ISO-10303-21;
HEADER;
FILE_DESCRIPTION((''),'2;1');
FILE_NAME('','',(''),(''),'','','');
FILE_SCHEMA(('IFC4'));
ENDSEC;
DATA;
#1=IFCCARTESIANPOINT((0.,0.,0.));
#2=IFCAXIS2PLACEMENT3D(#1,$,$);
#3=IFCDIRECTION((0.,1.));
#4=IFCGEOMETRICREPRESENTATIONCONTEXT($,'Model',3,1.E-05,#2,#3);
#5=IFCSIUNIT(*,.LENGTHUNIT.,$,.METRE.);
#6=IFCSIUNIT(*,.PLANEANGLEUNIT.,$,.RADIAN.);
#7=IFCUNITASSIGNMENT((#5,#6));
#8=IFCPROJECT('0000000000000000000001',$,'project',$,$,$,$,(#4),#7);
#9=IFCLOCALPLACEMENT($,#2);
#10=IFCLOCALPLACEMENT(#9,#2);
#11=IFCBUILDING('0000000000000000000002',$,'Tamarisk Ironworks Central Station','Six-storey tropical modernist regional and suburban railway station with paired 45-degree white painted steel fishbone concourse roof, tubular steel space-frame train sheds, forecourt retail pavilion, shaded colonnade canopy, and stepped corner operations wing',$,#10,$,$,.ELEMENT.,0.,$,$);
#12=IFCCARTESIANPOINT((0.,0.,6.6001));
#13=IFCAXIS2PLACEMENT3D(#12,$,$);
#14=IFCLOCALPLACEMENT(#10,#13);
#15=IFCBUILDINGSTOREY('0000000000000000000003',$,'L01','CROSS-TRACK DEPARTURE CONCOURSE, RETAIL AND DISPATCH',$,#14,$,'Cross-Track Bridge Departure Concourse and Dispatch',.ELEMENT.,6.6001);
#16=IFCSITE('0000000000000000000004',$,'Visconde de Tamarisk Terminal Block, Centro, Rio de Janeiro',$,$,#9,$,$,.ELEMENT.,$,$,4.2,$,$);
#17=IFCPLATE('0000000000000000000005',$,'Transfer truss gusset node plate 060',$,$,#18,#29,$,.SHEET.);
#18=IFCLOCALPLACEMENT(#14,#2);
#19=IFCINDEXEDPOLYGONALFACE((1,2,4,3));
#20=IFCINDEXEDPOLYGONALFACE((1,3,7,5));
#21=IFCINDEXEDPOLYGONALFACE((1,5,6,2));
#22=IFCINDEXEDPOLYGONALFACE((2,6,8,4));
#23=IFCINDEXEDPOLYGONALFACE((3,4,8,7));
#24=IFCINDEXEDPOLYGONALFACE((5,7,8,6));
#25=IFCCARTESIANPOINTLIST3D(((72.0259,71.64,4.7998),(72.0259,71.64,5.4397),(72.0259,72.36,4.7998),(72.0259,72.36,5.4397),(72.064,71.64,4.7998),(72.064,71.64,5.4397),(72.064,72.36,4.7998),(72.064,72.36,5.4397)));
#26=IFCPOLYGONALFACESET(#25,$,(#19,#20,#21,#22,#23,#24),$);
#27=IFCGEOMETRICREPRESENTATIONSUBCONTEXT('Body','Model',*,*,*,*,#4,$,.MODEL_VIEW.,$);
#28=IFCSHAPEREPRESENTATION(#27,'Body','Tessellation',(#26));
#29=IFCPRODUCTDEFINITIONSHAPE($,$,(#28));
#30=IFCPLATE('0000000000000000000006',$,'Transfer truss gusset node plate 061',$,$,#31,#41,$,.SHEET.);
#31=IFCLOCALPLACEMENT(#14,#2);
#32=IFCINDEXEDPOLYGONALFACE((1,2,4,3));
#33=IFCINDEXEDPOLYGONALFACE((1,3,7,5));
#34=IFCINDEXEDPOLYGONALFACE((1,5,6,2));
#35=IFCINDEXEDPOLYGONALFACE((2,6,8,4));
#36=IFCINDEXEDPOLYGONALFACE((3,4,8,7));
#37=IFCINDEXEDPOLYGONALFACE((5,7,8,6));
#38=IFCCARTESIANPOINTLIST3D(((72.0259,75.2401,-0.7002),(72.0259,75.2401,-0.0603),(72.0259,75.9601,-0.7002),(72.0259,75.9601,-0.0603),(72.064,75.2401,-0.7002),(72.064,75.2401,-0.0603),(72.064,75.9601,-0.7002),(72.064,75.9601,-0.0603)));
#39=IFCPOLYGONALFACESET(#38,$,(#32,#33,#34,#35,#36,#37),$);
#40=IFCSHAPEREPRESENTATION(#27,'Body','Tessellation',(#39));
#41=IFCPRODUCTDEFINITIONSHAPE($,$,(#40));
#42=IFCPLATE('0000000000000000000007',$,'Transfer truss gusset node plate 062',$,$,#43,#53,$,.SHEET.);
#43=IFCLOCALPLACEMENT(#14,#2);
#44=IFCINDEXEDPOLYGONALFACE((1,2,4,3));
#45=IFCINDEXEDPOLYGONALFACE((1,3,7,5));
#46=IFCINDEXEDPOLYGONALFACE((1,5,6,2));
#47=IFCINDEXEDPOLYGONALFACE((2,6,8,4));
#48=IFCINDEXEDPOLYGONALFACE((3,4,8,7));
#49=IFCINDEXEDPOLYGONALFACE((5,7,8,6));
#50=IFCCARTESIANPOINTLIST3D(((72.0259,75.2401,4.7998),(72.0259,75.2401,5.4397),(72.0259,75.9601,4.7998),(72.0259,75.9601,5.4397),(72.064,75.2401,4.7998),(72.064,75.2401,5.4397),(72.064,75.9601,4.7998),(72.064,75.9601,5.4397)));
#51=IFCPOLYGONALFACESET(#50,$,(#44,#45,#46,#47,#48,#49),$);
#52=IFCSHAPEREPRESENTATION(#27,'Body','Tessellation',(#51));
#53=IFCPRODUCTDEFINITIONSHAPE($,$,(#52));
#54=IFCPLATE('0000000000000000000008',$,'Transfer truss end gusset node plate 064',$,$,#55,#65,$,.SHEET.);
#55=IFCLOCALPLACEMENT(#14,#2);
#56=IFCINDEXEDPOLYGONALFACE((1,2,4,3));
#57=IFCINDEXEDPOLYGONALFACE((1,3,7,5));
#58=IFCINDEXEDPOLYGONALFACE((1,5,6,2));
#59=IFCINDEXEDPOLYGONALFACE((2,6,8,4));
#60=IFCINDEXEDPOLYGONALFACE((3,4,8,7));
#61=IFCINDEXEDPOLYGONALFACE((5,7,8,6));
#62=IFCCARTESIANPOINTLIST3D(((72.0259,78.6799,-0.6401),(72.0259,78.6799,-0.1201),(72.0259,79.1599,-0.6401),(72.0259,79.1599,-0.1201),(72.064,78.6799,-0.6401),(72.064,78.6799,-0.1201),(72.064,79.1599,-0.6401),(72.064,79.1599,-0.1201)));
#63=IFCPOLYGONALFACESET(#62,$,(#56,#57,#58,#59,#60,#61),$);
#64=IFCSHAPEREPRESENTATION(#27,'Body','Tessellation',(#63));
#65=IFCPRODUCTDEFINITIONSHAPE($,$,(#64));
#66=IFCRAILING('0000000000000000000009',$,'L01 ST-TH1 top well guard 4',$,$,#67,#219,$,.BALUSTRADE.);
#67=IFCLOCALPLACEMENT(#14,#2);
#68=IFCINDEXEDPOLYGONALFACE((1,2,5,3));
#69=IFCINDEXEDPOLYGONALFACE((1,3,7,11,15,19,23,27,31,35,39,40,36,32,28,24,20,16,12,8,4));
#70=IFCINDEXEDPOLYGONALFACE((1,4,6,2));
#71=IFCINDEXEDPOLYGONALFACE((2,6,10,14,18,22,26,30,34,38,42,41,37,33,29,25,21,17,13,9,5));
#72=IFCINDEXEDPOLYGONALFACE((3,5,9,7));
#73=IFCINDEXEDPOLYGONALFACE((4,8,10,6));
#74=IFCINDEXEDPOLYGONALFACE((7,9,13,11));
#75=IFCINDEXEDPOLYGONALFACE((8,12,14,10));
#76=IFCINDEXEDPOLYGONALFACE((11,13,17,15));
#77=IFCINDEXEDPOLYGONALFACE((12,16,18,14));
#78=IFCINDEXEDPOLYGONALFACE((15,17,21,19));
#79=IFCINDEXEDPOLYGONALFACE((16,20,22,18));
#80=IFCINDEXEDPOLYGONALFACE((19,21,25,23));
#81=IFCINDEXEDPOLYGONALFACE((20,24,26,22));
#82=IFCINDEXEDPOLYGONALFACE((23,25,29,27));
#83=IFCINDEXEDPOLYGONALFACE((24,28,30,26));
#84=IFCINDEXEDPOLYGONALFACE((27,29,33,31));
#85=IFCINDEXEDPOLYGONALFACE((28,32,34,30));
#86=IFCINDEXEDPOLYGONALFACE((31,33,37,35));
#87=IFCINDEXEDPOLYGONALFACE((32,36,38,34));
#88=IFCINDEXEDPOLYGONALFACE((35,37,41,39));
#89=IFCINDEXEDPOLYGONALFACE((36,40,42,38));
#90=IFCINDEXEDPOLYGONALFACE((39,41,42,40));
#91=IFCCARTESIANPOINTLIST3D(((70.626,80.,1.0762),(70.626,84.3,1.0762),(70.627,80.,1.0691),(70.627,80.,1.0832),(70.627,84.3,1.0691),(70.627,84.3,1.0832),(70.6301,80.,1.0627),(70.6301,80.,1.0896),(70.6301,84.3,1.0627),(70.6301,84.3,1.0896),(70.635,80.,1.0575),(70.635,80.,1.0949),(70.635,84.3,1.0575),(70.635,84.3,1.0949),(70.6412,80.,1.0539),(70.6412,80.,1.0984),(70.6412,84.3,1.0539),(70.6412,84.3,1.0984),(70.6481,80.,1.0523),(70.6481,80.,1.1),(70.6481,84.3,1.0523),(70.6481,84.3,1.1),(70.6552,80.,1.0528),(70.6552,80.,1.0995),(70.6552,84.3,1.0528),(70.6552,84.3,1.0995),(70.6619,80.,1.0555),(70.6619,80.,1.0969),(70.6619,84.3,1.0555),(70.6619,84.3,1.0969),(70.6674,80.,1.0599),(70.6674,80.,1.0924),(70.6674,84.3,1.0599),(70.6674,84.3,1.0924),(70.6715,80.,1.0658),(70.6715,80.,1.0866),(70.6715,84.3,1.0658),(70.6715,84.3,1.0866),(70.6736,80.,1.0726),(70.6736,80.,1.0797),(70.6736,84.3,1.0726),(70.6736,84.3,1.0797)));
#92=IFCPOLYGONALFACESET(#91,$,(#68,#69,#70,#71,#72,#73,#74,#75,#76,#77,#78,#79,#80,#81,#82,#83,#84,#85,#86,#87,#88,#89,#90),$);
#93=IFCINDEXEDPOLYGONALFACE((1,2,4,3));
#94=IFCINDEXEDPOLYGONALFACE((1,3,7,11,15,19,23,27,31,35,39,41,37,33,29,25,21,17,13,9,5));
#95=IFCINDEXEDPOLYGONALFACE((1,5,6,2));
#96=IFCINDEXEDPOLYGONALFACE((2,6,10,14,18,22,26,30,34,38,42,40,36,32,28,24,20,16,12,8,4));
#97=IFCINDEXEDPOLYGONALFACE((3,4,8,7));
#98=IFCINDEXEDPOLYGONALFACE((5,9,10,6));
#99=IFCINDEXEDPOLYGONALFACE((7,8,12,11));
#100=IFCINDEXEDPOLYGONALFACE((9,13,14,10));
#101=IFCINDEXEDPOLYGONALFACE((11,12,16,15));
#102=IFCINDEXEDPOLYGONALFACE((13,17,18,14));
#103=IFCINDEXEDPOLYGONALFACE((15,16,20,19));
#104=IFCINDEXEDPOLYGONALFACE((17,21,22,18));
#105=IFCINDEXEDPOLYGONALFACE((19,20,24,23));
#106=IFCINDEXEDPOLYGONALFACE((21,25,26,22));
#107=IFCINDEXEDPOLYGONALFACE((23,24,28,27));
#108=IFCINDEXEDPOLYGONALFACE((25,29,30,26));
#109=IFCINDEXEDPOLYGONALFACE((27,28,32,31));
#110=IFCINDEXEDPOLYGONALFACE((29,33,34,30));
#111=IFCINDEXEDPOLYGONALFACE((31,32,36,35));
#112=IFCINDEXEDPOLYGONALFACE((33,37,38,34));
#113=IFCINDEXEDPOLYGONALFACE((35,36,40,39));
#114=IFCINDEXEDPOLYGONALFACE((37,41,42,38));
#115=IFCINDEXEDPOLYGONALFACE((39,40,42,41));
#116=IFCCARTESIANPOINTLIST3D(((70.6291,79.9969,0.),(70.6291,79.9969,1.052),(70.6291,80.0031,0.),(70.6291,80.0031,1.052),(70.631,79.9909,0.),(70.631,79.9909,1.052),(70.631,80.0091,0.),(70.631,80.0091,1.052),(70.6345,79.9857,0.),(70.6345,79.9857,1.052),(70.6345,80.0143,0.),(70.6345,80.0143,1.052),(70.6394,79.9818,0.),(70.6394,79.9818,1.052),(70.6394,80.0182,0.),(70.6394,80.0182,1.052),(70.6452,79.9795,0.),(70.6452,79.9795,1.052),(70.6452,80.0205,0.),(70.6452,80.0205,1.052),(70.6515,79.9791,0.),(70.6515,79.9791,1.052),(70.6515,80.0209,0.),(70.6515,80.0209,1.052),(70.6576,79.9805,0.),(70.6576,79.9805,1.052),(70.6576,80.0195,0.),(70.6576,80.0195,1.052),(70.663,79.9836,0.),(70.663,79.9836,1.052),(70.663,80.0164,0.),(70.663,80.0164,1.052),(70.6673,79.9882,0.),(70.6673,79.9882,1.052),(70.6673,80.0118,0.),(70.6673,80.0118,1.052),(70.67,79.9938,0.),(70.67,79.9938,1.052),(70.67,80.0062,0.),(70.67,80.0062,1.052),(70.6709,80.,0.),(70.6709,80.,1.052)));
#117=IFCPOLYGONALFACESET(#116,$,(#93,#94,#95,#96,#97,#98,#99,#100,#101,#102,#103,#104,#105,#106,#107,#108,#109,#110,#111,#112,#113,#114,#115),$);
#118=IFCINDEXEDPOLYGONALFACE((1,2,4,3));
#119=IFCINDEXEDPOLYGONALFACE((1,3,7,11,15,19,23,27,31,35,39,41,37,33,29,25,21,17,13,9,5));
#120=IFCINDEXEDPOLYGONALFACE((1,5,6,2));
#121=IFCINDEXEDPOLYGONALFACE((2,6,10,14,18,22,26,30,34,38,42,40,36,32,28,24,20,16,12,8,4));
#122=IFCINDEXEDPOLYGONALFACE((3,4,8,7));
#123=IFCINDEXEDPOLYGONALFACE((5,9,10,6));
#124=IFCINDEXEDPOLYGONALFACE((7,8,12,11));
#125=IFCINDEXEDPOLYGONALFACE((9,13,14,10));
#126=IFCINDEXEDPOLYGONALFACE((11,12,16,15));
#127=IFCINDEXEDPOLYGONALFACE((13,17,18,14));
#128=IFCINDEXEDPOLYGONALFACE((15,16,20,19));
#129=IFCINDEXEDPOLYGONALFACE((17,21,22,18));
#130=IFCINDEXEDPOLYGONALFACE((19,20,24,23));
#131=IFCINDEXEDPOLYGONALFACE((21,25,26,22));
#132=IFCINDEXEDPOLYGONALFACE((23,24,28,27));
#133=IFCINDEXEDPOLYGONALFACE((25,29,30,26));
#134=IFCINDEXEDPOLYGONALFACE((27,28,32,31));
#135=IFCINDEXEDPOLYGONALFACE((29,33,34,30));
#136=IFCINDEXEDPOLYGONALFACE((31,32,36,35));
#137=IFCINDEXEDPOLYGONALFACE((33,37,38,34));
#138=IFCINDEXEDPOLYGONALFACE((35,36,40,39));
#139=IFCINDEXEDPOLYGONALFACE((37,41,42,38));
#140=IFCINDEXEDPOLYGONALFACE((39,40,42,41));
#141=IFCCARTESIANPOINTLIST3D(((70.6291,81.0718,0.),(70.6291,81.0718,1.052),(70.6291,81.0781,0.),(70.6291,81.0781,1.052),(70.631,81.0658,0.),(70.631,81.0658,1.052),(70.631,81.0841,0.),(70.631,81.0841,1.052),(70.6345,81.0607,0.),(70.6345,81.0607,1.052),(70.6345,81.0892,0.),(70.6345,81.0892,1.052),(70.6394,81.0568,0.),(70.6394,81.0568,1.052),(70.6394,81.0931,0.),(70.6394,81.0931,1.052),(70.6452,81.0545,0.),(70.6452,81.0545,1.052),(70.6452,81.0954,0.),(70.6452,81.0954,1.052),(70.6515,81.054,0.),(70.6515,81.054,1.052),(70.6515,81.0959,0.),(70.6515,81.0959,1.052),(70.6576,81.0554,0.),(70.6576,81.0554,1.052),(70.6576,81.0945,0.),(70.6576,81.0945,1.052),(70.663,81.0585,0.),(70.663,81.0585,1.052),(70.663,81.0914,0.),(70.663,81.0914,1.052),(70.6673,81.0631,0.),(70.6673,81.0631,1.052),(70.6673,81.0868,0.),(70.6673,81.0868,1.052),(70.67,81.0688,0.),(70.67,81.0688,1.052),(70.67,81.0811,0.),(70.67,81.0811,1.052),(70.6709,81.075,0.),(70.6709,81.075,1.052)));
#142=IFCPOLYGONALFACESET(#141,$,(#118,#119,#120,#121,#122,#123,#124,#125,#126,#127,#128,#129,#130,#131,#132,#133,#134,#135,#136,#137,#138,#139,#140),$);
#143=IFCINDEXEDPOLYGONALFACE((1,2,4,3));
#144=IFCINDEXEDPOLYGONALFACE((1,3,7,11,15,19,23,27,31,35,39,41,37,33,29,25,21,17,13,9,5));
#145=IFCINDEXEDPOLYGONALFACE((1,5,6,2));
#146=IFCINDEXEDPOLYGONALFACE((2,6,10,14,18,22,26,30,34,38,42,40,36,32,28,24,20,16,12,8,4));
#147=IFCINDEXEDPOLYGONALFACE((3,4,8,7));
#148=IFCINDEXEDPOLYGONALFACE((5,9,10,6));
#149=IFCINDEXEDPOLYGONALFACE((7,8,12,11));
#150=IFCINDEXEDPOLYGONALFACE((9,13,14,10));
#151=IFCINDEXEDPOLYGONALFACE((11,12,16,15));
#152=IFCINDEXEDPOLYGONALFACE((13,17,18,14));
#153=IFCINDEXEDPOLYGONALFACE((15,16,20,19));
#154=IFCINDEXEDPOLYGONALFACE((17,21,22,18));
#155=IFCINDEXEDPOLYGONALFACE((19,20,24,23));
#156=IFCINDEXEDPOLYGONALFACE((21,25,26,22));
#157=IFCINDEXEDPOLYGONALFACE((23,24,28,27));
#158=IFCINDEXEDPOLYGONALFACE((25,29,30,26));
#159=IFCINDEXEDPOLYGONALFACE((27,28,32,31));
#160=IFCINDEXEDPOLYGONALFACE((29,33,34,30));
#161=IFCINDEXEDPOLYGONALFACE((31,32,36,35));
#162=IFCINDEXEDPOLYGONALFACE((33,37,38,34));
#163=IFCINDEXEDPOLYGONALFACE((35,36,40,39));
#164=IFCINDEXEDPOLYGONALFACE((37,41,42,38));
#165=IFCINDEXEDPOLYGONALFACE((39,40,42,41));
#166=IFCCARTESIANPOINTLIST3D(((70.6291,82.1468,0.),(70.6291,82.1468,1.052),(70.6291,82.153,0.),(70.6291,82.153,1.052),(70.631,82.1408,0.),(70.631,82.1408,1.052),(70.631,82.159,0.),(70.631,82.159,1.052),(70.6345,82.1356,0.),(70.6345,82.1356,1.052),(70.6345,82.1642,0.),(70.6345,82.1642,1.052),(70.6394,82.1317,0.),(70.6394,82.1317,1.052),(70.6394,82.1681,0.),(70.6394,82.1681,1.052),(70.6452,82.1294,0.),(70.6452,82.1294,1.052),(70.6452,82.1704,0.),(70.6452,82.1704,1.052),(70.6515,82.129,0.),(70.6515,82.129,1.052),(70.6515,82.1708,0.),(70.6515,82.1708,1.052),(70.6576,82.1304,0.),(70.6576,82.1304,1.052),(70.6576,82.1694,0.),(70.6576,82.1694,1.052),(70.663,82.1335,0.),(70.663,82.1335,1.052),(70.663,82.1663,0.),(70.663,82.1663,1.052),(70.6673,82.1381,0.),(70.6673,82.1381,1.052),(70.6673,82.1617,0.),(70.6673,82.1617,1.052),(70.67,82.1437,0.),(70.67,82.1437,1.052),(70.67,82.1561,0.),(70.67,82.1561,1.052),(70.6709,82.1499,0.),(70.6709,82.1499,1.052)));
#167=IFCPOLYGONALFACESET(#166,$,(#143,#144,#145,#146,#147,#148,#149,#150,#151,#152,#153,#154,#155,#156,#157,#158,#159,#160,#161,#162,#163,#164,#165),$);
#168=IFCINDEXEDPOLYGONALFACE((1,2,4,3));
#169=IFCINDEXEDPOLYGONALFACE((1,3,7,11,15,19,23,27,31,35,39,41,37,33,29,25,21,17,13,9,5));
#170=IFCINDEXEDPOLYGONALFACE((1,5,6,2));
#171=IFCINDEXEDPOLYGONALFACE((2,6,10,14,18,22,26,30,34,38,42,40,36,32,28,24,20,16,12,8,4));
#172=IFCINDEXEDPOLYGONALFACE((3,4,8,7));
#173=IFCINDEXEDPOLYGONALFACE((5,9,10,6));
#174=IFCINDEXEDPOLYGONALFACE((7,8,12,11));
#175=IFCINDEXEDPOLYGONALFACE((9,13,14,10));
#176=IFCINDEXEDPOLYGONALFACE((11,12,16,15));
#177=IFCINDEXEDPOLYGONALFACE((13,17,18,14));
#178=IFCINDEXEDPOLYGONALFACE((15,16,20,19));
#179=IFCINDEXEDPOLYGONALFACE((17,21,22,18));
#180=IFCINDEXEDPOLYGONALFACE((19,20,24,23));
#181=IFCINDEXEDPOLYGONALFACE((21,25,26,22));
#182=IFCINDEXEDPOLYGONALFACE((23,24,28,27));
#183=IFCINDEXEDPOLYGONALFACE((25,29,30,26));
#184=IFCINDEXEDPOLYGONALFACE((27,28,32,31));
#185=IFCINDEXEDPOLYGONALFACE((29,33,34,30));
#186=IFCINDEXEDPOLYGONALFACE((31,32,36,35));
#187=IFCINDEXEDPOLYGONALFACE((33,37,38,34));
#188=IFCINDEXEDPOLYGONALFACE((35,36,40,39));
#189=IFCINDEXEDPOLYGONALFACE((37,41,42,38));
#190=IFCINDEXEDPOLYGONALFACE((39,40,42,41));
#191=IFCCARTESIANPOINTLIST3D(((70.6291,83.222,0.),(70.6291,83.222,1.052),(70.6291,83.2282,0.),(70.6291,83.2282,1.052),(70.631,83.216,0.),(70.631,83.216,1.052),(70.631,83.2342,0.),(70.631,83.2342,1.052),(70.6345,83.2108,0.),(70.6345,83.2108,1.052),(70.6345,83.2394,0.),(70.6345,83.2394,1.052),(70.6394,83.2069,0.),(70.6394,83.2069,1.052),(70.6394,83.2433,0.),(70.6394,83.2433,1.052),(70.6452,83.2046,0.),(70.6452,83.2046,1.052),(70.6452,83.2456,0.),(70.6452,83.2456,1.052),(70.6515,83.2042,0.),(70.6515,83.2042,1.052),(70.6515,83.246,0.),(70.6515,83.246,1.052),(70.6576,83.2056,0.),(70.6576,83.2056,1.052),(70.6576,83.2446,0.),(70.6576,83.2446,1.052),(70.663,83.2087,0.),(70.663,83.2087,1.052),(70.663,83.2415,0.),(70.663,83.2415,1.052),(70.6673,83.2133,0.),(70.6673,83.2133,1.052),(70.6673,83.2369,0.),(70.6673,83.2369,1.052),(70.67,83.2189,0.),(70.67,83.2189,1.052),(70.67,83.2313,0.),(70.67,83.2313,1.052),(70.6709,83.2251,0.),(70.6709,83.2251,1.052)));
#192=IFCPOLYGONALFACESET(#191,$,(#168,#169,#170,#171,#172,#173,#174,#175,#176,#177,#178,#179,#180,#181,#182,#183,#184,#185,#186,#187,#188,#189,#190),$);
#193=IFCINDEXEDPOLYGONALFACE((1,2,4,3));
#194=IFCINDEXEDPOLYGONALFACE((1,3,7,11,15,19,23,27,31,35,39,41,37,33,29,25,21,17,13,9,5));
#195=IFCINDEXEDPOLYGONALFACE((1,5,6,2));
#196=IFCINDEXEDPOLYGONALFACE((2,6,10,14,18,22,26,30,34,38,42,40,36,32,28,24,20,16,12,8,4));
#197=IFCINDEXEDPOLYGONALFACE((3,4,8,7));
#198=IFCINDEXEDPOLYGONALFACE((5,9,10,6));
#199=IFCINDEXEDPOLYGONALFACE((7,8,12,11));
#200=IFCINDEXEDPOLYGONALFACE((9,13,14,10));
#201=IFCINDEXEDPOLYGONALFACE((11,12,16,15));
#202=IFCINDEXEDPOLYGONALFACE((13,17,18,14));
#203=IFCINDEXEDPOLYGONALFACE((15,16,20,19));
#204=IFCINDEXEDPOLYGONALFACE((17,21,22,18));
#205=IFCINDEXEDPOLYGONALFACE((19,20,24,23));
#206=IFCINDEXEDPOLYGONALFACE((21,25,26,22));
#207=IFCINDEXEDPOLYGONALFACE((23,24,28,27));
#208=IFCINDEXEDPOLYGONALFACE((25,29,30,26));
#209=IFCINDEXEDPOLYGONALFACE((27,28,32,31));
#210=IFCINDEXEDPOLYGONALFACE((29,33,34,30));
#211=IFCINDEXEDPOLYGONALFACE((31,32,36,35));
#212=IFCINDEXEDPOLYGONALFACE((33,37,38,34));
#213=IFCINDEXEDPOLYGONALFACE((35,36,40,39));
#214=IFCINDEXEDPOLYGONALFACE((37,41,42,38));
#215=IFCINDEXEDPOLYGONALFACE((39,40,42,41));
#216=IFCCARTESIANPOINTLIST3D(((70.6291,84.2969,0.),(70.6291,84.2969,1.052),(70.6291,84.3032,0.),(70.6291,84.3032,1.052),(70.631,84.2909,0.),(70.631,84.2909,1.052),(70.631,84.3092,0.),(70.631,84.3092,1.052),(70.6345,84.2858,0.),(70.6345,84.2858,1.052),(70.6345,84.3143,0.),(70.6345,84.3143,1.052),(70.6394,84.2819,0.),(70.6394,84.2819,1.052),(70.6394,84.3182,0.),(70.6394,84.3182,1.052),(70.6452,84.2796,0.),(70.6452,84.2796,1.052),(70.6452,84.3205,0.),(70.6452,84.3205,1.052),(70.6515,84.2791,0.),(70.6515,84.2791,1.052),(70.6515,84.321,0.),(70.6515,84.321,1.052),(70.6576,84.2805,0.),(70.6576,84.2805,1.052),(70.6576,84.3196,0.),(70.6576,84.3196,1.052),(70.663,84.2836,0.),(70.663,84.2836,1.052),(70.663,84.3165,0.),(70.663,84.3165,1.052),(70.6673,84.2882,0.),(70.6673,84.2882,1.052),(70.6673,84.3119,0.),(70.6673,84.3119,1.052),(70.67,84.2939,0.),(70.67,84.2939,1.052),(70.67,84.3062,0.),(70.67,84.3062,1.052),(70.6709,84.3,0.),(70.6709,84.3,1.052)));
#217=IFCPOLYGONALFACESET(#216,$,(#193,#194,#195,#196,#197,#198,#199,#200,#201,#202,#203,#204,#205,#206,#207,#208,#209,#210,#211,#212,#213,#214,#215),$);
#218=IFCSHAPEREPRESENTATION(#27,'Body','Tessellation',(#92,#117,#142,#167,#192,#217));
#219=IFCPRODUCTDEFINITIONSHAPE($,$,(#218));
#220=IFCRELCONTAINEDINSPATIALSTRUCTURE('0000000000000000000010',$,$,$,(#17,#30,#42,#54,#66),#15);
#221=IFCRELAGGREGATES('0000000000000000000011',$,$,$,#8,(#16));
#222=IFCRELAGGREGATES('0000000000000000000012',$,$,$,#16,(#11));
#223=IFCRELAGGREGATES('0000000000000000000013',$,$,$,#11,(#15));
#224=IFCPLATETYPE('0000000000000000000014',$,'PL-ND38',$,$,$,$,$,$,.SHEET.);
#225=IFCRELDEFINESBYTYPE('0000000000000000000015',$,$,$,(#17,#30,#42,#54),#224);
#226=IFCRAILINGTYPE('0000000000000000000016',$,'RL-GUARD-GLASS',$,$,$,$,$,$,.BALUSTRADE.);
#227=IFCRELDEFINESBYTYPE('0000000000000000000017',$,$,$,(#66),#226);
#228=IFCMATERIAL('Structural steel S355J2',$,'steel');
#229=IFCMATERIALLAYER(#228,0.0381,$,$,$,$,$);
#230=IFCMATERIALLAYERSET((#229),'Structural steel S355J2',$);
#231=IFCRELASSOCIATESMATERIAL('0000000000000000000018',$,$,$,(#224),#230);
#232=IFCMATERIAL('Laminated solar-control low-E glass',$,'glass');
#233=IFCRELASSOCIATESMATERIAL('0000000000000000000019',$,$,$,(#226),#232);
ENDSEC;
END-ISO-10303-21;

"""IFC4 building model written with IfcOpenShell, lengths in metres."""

from ifc_helpers import new_model, si_unit, direction, frame, origin, origin_2d, place, context, subcontext, project, spatial, rectangle, circle, extrude, material, layer, layer_set, type_object, element, save


model = new_model("IFC4")

# Units and contexts
model_context = context("Model", 3, precision=1e-05, world=origin(), true_north=direction((0.0, 1.0)))
body_context = subcontext(model_context, "Body", "Model", "MODEL_VIEW")
ifc_project = project(units=[si_unit("LENGTHUNIT", "METRE"), si_unit("PLANEANGLEUNIT", "RADIAN")], contexts=[model_context])

# Site, building, storey
site_placement = place(None, origin())
site = spatial("IfcSite", under=ifc_project, at=site_placement, Name="Visconde de Tamarisk Terminal Block, Centro, Rio de Janeiro", CompositionType="ELEMENT", RefElevation=4.2)
building_placement = place(site_placement, origin())
building = spatial("IfcBuilding", under=site, at=building_placement, Name="Tamarisk Ironworks Central Station", Description="Six-storey tropical modernist regional and suburban railway station with paired 45-degree white painted steel fishbone concourse roof, tubular steel space-frame train sheds, forecourt retail pavilion, shaded colonnade canopy, and stepped corner operations wing", CompositionType="ELEMENT", ElevationOfRefHeight=0.0)
storey_placement = place(building_placement, frame((0.0, 0.0, 6.6001)))
storey = spatial("IfcBuildingStorey", under=building, at=storey_placement, Name="L01", Description="CROSS-TRACK DEPARTURE CONCOURSE, RETAIL AND DISPATCH", LongName="Cross-Track Bridge Departure Concourse and Dispatch", CompositionType="ELEMENT", Elevation=6.6001)

# Shared definitions
ifc_material_1 = material(Name="Structural steel S355J2", Category="steel")

# Shared definitions
ifc_material_2 = material(Name="Laminated solar-control low-E glass", Category="glass")

# Plates
ifc_layer_1 = layer(ifc_material_1, 0.0381)
ifc_layer_set_1 = layer_set([ifc_layer_1], Name="Structural steel S355J2")
plate_type_1 = type_object("IfcPlateType", Name="PL-ND38", PredefinedType="SHEET", material=ifc_layer_set_1)
for number, where, z_axis, x_axis, name in (
    (1, (72.0449, 72.0, 4.7998), (0.0, 0.0, 1.0), (1.0, 0.0, 0.0), "Transfer truss gusset node plate 060"),
    (2, (72.0449, 75.6001, -0.7002), (0.0, 0.0, 1.0), (1.0, 0.0, 0.0), "Transfer truss gusset node plate 061"),
    (3, (72.0449, 75.6001, 4.7998), (0.0, 0.0, 1.0), (1.0, 0.0, 0.0), "Transfer truss gusset node plate 062"),
):
    element("IfcPlate", number, at=place(storey_placement, frame(where, z_axis=z_axis, x_axis=x_axis)), inside=storey, type_object=plate_type_1, Name=name, PredefinedType="SHEET", context=body_context, shape_type="SweptSolid", body=[
        extrude(rectangle(XDim=0.0381, YDim=0.72, at=origin_2d()), origin(), (0.0, 0.0, 1.0), 0.6399),
    ])
plate_1_placement = place(storey_placement, frame((72.0449, 78.9199, -0.6401), z_axis=(0.0, 0.0, 1.0), x_axis=(1.0, 0.0, 0.0)))
element("IfcPlate", 4, at=plate_1_placement, inside=storey, type_object=plate_type_1, Name="Transfer truss end gusset node plate 064", PredefinedType="SHEET", context=body_context, shape_type="SweptSolid", body=[
    extrude(rectangle(XDim=0.0381, YDim=0.48, at=origin_2d()), origin(), (0.0, 0.0, 1.0), 0.52),
])

# Railing
railing_type = type_object("IfcRailingType", Name="RL-GUARD-GLASS", PredefinedType="BALUSTRADE", material=ifc_material_2)
railing_placement = place(storey_placement, frame((70.6499, 80.0, 0.0)))
element("IfcRailing", 5, at=railing_placement, inside=storey, type_object=railing_type, Name="L01 ST-TH1 top well guard 4", PredefinedType="BALUSTRADE", context=body_context, shape_type="SweptSolid", body=[
    extrude(circle(Radius=0.0239, at=origin_2d()), frame((0.0, 0.0, 1.0762), z_axis=(0.0, 1.0, 0.0), x_axis=(-1.0, 0.0, 0.0)), (0.0, 0.0, 1.0), 4.3),
    extrude(circle(Radius=0.021, at=origin_2d()), origin(), (0.0, 0.0, 1.0), 1.052),
    extrude(circle(Radius=0.021, at=origin_2d()), frame((0.0, 1.075, 0.0)), (0.0, 0.0, 1.0), 1.052),
    extrude(circle(Radius=0.021, at=origin_2d()), frame((0.0, 2.1499, 0.0)), (0.0, 0.0, 1.0), 1.052),
    extrude(circle(Radius=0.021, at=origin_2d()), frame((0.0, 3.2251, 0.0)), (0.0, 0.0, 1.0), 1.052),
    extrude(circle(Radius=0.021, at=origin_2d()), frame((0.0, 4.3, 0.0)), (0.0, 0.0, 1.0), 1.052),
])

save(model, "model.ifc")
